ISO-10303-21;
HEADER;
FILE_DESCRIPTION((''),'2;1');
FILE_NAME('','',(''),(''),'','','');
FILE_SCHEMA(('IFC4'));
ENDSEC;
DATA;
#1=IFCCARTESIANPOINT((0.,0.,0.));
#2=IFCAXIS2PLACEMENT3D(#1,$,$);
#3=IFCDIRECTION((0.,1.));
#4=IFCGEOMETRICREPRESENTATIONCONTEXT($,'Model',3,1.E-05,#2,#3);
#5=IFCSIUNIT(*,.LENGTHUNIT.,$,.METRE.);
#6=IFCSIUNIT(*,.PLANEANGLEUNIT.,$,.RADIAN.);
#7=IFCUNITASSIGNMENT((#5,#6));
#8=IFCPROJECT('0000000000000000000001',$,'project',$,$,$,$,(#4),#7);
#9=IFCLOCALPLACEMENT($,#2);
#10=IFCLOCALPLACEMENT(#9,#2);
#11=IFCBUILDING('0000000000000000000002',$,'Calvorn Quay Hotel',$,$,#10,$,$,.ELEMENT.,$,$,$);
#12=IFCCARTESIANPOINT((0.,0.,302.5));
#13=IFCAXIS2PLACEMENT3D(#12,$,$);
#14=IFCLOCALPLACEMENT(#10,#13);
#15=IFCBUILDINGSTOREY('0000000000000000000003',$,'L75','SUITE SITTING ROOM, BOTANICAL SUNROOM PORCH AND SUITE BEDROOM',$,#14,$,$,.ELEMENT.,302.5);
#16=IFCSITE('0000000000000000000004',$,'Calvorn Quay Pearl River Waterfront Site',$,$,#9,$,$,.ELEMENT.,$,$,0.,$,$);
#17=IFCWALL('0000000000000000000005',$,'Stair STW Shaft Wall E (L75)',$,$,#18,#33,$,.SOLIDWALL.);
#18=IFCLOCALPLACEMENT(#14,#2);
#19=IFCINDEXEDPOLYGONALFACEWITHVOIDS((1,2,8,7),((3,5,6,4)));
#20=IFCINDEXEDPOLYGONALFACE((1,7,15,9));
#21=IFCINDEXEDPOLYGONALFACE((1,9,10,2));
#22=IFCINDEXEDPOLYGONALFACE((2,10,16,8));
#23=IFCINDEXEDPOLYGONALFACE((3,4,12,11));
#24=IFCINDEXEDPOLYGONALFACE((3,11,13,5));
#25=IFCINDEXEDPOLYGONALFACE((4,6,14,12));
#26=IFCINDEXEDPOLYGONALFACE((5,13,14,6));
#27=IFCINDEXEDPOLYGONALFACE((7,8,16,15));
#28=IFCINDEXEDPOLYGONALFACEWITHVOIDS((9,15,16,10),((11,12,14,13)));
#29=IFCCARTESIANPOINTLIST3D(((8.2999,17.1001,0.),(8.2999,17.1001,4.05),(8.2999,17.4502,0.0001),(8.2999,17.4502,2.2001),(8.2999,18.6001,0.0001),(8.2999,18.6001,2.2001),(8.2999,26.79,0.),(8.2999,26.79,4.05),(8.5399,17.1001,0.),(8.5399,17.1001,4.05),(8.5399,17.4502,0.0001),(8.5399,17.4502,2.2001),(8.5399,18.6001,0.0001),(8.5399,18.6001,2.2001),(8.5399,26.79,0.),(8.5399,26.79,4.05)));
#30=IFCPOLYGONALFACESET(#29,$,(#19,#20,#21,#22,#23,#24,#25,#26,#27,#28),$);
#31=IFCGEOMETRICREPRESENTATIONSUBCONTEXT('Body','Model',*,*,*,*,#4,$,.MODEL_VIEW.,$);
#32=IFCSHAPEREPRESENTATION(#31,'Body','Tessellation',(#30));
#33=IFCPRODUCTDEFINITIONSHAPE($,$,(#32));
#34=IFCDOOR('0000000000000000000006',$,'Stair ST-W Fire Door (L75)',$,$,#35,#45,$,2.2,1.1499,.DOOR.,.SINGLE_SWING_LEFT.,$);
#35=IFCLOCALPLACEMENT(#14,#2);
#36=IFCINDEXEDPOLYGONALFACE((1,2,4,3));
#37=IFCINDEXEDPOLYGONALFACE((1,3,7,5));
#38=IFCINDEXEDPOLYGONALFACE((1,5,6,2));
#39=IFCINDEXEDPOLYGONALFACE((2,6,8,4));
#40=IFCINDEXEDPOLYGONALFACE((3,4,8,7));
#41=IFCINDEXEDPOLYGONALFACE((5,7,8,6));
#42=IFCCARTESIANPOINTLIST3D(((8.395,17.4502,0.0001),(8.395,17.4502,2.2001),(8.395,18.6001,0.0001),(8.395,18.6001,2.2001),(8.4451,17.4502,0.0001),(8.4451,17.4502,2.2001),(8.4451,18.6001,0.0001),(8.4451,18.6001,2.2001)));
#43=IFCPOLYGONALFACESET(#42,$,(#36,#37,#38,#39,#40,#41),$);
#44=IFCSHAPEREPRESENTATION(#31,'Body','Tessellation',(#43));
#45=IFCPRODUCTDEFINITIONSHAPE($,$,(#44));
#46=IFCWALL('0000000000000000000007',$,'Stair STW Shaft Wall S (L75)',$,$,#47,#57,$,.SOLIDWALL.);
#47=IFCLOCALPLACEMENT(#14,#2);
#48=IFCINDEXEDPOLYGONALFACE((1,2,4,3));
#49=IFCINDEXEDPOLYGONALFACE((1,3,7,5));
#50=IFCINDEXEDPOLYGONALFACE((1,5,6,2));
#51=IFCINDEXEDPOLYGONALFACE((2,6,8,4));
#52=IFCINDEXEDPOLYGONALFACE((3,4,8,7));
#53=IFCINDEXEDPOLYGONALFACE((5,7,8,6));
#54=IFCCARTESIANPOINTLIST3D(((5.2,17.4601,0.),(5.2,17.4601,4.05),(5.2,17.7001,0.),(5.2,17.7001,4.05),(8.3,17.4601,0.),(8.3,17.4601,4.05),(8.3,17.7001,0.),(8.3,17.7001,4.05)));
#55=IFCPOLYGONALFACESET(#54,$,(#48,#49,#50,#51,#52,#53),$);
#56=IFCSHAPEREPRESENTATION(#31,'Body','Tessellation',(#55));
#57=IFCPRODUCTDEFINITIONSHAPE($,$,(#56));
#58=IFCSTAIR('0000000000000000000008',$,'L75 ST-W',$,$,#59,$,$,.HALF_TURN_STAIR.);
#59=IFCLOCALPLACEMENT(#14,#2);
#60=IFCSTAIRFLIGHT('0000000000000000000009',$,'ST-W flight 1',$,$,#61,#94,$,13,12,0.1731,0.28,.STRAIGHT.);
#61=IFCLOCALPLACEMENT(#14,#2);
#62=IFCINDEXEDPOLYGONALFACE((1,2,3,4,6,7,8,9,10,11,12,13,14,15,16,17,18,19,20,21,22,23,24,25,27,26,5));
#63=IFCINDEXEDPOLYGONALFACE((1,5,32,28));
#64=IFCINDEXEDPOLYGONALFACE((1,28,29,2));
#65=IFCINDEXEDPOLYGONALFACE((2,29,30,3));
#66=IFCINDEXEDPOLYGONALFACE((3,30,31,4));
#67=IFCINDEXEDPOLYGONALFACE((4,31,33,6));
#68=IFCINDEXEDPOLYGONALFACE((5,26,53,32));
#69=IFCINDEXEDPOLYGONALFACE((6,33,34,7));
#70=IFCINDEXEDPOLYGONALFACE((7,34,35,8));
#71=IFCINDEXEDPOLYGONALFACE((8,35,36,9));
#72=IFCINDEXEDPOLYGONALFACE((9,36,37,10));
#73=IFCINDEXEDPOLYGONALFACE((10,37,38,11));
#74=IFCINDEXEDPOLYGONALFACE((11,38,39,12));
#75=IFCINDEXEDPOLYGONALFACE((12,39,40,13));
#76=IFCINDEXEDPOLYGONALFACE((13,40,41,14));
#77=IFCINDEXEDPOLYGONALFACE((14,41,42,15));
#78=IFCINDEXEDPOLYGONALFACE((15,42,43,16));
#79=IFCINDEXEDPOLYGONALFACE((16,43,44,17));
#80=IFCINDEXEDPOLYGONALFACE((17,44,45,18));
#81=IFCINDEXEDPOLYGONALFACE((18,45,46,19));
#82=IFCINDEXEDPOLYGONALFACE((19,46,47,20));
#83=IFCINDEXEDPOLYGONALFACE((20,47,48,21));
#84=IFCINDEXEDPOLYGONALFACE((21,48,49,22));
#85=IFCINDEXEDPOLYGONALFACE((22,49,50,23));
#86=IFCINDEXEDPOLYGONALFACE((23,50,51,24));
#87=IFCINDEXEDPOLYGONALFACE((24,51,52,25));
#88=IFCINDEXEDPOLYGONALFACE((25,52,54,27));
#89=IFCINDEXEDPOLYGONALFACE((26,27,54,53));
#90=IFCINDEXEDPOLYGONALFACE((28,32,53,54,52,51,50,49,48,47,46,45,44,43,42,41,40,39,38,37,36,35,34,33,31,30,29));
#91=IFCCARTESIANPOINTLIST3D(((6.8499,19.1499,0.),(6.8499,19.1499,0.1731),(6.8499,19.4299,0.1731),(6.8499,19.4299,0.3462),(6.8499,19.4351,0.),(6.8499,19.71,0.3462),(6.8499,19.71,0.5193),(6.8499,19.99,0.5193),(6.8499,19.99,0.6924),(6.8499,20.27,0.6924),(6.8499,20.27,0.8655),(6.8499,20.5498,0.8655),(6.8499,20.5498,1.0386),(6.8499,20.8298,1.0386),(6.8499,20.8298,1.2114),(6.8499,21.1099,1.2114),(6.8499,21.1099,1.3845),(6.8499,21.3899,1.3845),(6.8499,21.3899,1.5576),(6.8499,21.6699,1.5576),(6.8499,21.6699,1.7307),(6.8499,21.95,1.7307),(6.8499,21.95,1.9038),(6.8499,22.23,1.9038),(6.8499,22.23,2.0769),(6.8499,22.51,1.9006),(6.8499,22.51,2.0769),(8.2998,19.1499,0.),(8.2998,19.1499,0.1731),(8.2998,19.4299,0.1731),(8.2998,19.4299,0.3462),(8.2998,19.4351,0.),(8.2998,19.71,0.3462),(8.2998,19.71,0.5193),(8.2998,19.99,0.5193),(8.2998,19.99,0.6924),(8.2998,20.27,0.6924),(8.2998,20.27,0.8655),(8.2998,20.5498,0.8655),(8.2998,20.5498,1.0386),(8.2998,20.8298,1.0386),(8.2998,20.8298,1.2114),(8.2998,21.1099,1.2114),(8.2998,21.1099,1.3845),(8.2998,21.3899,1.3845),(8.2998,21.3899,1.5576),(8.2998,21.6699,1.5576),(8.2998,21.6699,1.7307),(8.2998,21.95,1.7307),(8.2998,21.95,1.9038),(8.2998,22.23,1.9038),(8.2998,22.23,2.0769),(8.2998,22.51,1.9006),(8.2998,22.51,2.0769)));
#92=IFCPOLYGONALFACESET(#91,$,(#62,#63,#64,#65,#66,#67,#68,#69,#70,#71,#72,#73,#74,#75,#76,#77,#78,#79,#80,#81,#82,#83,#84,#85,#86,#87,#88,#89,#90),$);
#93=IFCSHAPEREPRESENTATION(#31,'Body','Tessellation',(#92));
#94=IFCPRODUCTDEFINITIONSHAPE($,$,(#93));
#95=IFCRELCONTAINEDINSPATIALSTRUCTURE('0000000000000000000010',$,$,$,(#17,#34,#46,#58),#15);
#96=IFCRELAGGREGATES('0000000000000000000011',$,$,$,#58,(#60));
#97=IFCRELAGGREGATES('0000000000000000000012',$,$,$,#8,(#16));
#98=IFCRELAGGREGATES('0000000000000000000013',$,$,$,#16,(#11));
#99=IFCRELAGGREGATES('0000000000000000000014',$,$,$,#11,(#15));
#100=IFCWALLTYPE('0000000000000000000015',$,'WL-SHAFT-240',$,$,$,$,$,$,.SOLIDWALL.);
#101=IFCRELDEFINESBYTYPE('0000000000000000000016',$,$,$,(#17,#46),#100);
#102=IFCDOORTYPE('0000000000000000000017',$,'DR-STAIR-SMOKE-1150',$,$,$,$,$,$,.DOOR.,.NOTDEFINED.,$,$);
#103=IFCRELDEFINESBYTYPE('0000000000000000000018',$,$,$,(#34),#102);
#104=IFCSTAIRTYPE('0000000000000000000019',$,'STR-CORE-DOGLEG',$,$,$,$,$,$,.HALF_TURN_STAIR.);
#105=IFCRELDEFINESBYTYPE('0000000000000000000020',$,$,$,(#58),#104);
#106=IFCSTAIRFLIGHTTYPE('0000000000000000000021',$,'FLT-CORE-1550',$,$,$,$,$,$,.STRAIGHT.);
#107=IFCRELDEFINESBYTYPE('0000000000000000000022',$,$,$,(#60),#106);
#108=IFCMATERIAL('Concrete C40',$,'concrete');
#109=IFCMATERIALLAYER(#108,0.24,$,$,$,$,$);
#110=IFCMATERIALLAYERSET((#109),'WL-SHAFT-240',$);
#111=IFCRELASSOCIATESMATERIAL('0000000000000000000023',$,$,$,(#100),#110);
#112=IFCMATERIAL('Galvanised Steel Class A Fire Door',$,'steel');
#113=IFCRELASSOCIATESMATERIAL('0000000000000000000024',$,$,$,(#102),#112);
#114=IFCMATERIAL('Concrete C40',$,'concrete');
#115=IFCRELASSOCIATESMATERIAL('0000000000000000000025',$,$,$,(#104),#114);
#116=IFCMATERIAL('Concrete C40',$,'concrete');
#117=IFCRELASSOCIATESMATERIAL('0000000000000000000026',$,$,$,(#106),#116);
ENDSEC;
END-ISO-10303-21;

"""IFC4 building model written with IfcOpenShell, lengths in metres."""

from ifc_helpers import new_model, si_unit, direction, frame, frame_2d, origin, place, context, subcontext, project, spatial, polyline, rectangle, outline, extrude, material, layer, layer_set, type_object, element, fill, aggregate, save


model = new_model("IFC4")

# Units and contexts
model_context = context("Model", 3, precision=1e-05, world=origin(), true_north=direction((0.0, 1.0)))
body_context = subcontext(model_context, "Body", "Model", "MODEL_VIEW")
ifc_project = project(units=[si_unit("LENGTHUNIT", "METRE"), si_unit("PLANEANGLEUNIT", "RADIAN")], contexts=[model_context])

# Site, building, storey
site_placement = place(None, origin())
site = spatial("IfcSite", under=ifc_project, at=site_placement, Name="Calvorn Quay Pearl River Waterfront Site", CompositionType="ELEMENT", RefElevation=0.0)
building_placement = place(site_placement, origin())
building = spatial("IfcBuilding", under=site, at=building_placement, Name="Calvorn Quay Hotel", CompositionType="ELEMENT")
storey_placement = place(building_placement, frame((0.0, 0.0, 302.5)))
storey = spatial("IfcBuildingStorey", under=building, at=storey_placement, Name="L75", Description="SUITE SITTING ROOM, BOTANICAL SUNROOM PORCH AND SUITE BEDROOM", CompositionType="ELEMENT", Elevation=302.5)

# Shared definitions
ifc_material_1 = material(Name="Concrete C40", Category="concrete")
ifc_layer_1 = layer(ifc_material_1, 0.24)
ifc_layer_set_1 = layer_set([ifc_layer_1], Name="WL-SHAFT-240")
wall_type_1 = type_object("IfcWallType", Name="WL-SHAFT-240", PredefinedType="SOLIDWALL", material=ifc_layer_set_1)

# Wall, opening, door
wall_1_placement = place(storey_placement, frame((8.4199, 17.1001, 0.0), z_axis=(0.0, 0.0, 1.0), x_axis=(0.0, 1.0, 0.0)))
wall_1 = element("IfcWall", 1, at=wall_1_placement, inside=storey, type_object=wall_type_1, Name="Stair STW Shaft Wall E (L75)", PredefinedType="SOLIDWALL", context=body_context, shape_type="SweptSolid", body=[
    extrude(rectangle(XDim=9.6899, YDim=0.24, at=frame_2d((4.845, 0.0))), origin(), (0.0, 0.0, 1.0), 4.05),
])
opening_1_placement = place(wall_1_placement, frame((0.3501, 0.0, 0.0)))
opening_1 = element("IfcOpeningElement", 2, at=opening_1_placement, cuts=wall_1, PredefinedType="OPENING", context=body_context, shape_type="SweptSolid", body=[
    extrude(rectangle(XDim=1.1499, YDim=2.2, at=frame_2d((0.575, 1.1001))), frame((0.0, 0.1299, 0.0), z_axis=(0.0, -1.0, 0.0), x_axis=(1.0, 0.0, 0.0)), (0.0, 0.0, 1.0), 0.26),
])
ifc_material_2 = material(Name="Galvanised Steel Class A Fire Door", Category="steel")
door_type_1 = type_object("IfcDoorType", Name="DR-STAIR-SMOKE-1150", OperationType="NOTDEFINED", PredefinedType="DOOR", material=ifc_material_2)
door_1_placement = place(opening_1_placement, origin())
door_1 = element("IfcDoor", 3, at=door_1_placement, inside=storey, type_object=door_type_1, Name="Stair ST-W Fire Door (L75)", OperationType="SINGLE_SWING_LEFT", OverallHeight=2.2, OverallWidth=1.1499, PredefinedType="DOOR", context=body_context, shape_type="SweptSolid", body=[
    extrude(rectangle(XDim=1.1499, YDim=2.2, at=frame_2d((0.575, 1.1001))), frame((0.0, 0.0249, 0.0), z_axis=(0.0, -1.0, 0.0), x_axis=(1.0, 0.0, 0.0)), (0.0, 0.0, 1.0), 0.05),
])
fill(opening_1, door_1)

# Wall
wall_2_placement = place(storey_placement, frame((5.2, 17.5801, 0.0), z_axis=(0.0, 0.0, 1.0), x_axis=(1.0, 0.0, 0.0)))
element("IfcWall", 4, at=wall_2_placement, inside=storey, type_object=wall_type_1, Name="Stair STW Shaft Wall S (L75)", PredefinedType="SOLIDWALL", context=body_context, shape_type="SweptSolid", body=[
    extrude(rectangle(XDim=3.1001, YDim=0.24, at=frame_2d((1.55, 0.0))), origin(), (0.0, 0.0, 1.0), 4.05),
])

# Stair, stair flight
ifc_material_3 = material(Name="Concrete C40", Category="concrete")
stair_type = type_object("IfcStairType", Name="STR-CORE-DOGLEG", PredefinedType="HALF_TURN_STAIR", material=ifc_material_3)
stair_placement = place(storey_placement, origin())
stair = element("IfcStair", 5, at=stair_placement, inside=storey, type_object=stair_type, Name="L75 ST-W", PredefinedType="HALF_TURN_STAIR")
ifc_material_4 = material(Name="Concrete C40", Category="concrete")
stair_flight_type = type_object("IfcStairFlightType", Name="FLT-CORE-1550", PredefinedType="STRAIGHT", material=ifc_material_4)
stair_flight_placement = place(storey_placement, frame((7.575, 19.1499, 0.0), z_axis=(0.0, 0.0, 1.0), x_axis=(0.0, 1.0, 0.0)))
stair_flight = element("IfcStairFlight", 6, at=stair_flight_placement, type_object=stair_flight_type, Name="ST-W flight 1", NumberOfRisers=13, NumberOfTreads=12, PredefinedType="STRAIGHT", RiserHeight=0.1731, TreadLength=0.28, context=body_context, shape_type="SweptSolid", body=[
    extrude(outline(polyline([(0.0, 0.0), (0.0, 0.1731), (0.28, 0.1731), (0.28, 0.3462), (0.5601, 0.3462), (0.5601, 0.5193), (0.8401, 0.5193), (0.8401, 0.6924), (1.1201, 0.6924), (1.1201, 0.8655), (1.3999, 0.8655), (1.3999, 1.0386), (1.6799, 1.0386), (1.6799, 1.2114), (1.96, 1.2114), (1.96, 1.3845), (2.24, 1.3845), (2.24, 1.5576), (2.52, 1.5576), (2.52, 1.7307), (2.8, 1.7307), (2.8, 1.9038), (3.0801, 1.9038), (3.0801, 2.0769), (3.3601, 2.0769), (3.3601, 2.25), (3.3601, 1.9006), (0.2852, 0.0), (0.0, 0.0)])), frame((0.0, 0.7251, 0.0), z_axis=(0.0, -1.0, 0.0), x_axis=(1.0, 0.0, 0.0)), (0.0, 0.0, 1.0), 1.45),
])
aggregate(stair, [stair_flight])

save(model, "model.ifc")
